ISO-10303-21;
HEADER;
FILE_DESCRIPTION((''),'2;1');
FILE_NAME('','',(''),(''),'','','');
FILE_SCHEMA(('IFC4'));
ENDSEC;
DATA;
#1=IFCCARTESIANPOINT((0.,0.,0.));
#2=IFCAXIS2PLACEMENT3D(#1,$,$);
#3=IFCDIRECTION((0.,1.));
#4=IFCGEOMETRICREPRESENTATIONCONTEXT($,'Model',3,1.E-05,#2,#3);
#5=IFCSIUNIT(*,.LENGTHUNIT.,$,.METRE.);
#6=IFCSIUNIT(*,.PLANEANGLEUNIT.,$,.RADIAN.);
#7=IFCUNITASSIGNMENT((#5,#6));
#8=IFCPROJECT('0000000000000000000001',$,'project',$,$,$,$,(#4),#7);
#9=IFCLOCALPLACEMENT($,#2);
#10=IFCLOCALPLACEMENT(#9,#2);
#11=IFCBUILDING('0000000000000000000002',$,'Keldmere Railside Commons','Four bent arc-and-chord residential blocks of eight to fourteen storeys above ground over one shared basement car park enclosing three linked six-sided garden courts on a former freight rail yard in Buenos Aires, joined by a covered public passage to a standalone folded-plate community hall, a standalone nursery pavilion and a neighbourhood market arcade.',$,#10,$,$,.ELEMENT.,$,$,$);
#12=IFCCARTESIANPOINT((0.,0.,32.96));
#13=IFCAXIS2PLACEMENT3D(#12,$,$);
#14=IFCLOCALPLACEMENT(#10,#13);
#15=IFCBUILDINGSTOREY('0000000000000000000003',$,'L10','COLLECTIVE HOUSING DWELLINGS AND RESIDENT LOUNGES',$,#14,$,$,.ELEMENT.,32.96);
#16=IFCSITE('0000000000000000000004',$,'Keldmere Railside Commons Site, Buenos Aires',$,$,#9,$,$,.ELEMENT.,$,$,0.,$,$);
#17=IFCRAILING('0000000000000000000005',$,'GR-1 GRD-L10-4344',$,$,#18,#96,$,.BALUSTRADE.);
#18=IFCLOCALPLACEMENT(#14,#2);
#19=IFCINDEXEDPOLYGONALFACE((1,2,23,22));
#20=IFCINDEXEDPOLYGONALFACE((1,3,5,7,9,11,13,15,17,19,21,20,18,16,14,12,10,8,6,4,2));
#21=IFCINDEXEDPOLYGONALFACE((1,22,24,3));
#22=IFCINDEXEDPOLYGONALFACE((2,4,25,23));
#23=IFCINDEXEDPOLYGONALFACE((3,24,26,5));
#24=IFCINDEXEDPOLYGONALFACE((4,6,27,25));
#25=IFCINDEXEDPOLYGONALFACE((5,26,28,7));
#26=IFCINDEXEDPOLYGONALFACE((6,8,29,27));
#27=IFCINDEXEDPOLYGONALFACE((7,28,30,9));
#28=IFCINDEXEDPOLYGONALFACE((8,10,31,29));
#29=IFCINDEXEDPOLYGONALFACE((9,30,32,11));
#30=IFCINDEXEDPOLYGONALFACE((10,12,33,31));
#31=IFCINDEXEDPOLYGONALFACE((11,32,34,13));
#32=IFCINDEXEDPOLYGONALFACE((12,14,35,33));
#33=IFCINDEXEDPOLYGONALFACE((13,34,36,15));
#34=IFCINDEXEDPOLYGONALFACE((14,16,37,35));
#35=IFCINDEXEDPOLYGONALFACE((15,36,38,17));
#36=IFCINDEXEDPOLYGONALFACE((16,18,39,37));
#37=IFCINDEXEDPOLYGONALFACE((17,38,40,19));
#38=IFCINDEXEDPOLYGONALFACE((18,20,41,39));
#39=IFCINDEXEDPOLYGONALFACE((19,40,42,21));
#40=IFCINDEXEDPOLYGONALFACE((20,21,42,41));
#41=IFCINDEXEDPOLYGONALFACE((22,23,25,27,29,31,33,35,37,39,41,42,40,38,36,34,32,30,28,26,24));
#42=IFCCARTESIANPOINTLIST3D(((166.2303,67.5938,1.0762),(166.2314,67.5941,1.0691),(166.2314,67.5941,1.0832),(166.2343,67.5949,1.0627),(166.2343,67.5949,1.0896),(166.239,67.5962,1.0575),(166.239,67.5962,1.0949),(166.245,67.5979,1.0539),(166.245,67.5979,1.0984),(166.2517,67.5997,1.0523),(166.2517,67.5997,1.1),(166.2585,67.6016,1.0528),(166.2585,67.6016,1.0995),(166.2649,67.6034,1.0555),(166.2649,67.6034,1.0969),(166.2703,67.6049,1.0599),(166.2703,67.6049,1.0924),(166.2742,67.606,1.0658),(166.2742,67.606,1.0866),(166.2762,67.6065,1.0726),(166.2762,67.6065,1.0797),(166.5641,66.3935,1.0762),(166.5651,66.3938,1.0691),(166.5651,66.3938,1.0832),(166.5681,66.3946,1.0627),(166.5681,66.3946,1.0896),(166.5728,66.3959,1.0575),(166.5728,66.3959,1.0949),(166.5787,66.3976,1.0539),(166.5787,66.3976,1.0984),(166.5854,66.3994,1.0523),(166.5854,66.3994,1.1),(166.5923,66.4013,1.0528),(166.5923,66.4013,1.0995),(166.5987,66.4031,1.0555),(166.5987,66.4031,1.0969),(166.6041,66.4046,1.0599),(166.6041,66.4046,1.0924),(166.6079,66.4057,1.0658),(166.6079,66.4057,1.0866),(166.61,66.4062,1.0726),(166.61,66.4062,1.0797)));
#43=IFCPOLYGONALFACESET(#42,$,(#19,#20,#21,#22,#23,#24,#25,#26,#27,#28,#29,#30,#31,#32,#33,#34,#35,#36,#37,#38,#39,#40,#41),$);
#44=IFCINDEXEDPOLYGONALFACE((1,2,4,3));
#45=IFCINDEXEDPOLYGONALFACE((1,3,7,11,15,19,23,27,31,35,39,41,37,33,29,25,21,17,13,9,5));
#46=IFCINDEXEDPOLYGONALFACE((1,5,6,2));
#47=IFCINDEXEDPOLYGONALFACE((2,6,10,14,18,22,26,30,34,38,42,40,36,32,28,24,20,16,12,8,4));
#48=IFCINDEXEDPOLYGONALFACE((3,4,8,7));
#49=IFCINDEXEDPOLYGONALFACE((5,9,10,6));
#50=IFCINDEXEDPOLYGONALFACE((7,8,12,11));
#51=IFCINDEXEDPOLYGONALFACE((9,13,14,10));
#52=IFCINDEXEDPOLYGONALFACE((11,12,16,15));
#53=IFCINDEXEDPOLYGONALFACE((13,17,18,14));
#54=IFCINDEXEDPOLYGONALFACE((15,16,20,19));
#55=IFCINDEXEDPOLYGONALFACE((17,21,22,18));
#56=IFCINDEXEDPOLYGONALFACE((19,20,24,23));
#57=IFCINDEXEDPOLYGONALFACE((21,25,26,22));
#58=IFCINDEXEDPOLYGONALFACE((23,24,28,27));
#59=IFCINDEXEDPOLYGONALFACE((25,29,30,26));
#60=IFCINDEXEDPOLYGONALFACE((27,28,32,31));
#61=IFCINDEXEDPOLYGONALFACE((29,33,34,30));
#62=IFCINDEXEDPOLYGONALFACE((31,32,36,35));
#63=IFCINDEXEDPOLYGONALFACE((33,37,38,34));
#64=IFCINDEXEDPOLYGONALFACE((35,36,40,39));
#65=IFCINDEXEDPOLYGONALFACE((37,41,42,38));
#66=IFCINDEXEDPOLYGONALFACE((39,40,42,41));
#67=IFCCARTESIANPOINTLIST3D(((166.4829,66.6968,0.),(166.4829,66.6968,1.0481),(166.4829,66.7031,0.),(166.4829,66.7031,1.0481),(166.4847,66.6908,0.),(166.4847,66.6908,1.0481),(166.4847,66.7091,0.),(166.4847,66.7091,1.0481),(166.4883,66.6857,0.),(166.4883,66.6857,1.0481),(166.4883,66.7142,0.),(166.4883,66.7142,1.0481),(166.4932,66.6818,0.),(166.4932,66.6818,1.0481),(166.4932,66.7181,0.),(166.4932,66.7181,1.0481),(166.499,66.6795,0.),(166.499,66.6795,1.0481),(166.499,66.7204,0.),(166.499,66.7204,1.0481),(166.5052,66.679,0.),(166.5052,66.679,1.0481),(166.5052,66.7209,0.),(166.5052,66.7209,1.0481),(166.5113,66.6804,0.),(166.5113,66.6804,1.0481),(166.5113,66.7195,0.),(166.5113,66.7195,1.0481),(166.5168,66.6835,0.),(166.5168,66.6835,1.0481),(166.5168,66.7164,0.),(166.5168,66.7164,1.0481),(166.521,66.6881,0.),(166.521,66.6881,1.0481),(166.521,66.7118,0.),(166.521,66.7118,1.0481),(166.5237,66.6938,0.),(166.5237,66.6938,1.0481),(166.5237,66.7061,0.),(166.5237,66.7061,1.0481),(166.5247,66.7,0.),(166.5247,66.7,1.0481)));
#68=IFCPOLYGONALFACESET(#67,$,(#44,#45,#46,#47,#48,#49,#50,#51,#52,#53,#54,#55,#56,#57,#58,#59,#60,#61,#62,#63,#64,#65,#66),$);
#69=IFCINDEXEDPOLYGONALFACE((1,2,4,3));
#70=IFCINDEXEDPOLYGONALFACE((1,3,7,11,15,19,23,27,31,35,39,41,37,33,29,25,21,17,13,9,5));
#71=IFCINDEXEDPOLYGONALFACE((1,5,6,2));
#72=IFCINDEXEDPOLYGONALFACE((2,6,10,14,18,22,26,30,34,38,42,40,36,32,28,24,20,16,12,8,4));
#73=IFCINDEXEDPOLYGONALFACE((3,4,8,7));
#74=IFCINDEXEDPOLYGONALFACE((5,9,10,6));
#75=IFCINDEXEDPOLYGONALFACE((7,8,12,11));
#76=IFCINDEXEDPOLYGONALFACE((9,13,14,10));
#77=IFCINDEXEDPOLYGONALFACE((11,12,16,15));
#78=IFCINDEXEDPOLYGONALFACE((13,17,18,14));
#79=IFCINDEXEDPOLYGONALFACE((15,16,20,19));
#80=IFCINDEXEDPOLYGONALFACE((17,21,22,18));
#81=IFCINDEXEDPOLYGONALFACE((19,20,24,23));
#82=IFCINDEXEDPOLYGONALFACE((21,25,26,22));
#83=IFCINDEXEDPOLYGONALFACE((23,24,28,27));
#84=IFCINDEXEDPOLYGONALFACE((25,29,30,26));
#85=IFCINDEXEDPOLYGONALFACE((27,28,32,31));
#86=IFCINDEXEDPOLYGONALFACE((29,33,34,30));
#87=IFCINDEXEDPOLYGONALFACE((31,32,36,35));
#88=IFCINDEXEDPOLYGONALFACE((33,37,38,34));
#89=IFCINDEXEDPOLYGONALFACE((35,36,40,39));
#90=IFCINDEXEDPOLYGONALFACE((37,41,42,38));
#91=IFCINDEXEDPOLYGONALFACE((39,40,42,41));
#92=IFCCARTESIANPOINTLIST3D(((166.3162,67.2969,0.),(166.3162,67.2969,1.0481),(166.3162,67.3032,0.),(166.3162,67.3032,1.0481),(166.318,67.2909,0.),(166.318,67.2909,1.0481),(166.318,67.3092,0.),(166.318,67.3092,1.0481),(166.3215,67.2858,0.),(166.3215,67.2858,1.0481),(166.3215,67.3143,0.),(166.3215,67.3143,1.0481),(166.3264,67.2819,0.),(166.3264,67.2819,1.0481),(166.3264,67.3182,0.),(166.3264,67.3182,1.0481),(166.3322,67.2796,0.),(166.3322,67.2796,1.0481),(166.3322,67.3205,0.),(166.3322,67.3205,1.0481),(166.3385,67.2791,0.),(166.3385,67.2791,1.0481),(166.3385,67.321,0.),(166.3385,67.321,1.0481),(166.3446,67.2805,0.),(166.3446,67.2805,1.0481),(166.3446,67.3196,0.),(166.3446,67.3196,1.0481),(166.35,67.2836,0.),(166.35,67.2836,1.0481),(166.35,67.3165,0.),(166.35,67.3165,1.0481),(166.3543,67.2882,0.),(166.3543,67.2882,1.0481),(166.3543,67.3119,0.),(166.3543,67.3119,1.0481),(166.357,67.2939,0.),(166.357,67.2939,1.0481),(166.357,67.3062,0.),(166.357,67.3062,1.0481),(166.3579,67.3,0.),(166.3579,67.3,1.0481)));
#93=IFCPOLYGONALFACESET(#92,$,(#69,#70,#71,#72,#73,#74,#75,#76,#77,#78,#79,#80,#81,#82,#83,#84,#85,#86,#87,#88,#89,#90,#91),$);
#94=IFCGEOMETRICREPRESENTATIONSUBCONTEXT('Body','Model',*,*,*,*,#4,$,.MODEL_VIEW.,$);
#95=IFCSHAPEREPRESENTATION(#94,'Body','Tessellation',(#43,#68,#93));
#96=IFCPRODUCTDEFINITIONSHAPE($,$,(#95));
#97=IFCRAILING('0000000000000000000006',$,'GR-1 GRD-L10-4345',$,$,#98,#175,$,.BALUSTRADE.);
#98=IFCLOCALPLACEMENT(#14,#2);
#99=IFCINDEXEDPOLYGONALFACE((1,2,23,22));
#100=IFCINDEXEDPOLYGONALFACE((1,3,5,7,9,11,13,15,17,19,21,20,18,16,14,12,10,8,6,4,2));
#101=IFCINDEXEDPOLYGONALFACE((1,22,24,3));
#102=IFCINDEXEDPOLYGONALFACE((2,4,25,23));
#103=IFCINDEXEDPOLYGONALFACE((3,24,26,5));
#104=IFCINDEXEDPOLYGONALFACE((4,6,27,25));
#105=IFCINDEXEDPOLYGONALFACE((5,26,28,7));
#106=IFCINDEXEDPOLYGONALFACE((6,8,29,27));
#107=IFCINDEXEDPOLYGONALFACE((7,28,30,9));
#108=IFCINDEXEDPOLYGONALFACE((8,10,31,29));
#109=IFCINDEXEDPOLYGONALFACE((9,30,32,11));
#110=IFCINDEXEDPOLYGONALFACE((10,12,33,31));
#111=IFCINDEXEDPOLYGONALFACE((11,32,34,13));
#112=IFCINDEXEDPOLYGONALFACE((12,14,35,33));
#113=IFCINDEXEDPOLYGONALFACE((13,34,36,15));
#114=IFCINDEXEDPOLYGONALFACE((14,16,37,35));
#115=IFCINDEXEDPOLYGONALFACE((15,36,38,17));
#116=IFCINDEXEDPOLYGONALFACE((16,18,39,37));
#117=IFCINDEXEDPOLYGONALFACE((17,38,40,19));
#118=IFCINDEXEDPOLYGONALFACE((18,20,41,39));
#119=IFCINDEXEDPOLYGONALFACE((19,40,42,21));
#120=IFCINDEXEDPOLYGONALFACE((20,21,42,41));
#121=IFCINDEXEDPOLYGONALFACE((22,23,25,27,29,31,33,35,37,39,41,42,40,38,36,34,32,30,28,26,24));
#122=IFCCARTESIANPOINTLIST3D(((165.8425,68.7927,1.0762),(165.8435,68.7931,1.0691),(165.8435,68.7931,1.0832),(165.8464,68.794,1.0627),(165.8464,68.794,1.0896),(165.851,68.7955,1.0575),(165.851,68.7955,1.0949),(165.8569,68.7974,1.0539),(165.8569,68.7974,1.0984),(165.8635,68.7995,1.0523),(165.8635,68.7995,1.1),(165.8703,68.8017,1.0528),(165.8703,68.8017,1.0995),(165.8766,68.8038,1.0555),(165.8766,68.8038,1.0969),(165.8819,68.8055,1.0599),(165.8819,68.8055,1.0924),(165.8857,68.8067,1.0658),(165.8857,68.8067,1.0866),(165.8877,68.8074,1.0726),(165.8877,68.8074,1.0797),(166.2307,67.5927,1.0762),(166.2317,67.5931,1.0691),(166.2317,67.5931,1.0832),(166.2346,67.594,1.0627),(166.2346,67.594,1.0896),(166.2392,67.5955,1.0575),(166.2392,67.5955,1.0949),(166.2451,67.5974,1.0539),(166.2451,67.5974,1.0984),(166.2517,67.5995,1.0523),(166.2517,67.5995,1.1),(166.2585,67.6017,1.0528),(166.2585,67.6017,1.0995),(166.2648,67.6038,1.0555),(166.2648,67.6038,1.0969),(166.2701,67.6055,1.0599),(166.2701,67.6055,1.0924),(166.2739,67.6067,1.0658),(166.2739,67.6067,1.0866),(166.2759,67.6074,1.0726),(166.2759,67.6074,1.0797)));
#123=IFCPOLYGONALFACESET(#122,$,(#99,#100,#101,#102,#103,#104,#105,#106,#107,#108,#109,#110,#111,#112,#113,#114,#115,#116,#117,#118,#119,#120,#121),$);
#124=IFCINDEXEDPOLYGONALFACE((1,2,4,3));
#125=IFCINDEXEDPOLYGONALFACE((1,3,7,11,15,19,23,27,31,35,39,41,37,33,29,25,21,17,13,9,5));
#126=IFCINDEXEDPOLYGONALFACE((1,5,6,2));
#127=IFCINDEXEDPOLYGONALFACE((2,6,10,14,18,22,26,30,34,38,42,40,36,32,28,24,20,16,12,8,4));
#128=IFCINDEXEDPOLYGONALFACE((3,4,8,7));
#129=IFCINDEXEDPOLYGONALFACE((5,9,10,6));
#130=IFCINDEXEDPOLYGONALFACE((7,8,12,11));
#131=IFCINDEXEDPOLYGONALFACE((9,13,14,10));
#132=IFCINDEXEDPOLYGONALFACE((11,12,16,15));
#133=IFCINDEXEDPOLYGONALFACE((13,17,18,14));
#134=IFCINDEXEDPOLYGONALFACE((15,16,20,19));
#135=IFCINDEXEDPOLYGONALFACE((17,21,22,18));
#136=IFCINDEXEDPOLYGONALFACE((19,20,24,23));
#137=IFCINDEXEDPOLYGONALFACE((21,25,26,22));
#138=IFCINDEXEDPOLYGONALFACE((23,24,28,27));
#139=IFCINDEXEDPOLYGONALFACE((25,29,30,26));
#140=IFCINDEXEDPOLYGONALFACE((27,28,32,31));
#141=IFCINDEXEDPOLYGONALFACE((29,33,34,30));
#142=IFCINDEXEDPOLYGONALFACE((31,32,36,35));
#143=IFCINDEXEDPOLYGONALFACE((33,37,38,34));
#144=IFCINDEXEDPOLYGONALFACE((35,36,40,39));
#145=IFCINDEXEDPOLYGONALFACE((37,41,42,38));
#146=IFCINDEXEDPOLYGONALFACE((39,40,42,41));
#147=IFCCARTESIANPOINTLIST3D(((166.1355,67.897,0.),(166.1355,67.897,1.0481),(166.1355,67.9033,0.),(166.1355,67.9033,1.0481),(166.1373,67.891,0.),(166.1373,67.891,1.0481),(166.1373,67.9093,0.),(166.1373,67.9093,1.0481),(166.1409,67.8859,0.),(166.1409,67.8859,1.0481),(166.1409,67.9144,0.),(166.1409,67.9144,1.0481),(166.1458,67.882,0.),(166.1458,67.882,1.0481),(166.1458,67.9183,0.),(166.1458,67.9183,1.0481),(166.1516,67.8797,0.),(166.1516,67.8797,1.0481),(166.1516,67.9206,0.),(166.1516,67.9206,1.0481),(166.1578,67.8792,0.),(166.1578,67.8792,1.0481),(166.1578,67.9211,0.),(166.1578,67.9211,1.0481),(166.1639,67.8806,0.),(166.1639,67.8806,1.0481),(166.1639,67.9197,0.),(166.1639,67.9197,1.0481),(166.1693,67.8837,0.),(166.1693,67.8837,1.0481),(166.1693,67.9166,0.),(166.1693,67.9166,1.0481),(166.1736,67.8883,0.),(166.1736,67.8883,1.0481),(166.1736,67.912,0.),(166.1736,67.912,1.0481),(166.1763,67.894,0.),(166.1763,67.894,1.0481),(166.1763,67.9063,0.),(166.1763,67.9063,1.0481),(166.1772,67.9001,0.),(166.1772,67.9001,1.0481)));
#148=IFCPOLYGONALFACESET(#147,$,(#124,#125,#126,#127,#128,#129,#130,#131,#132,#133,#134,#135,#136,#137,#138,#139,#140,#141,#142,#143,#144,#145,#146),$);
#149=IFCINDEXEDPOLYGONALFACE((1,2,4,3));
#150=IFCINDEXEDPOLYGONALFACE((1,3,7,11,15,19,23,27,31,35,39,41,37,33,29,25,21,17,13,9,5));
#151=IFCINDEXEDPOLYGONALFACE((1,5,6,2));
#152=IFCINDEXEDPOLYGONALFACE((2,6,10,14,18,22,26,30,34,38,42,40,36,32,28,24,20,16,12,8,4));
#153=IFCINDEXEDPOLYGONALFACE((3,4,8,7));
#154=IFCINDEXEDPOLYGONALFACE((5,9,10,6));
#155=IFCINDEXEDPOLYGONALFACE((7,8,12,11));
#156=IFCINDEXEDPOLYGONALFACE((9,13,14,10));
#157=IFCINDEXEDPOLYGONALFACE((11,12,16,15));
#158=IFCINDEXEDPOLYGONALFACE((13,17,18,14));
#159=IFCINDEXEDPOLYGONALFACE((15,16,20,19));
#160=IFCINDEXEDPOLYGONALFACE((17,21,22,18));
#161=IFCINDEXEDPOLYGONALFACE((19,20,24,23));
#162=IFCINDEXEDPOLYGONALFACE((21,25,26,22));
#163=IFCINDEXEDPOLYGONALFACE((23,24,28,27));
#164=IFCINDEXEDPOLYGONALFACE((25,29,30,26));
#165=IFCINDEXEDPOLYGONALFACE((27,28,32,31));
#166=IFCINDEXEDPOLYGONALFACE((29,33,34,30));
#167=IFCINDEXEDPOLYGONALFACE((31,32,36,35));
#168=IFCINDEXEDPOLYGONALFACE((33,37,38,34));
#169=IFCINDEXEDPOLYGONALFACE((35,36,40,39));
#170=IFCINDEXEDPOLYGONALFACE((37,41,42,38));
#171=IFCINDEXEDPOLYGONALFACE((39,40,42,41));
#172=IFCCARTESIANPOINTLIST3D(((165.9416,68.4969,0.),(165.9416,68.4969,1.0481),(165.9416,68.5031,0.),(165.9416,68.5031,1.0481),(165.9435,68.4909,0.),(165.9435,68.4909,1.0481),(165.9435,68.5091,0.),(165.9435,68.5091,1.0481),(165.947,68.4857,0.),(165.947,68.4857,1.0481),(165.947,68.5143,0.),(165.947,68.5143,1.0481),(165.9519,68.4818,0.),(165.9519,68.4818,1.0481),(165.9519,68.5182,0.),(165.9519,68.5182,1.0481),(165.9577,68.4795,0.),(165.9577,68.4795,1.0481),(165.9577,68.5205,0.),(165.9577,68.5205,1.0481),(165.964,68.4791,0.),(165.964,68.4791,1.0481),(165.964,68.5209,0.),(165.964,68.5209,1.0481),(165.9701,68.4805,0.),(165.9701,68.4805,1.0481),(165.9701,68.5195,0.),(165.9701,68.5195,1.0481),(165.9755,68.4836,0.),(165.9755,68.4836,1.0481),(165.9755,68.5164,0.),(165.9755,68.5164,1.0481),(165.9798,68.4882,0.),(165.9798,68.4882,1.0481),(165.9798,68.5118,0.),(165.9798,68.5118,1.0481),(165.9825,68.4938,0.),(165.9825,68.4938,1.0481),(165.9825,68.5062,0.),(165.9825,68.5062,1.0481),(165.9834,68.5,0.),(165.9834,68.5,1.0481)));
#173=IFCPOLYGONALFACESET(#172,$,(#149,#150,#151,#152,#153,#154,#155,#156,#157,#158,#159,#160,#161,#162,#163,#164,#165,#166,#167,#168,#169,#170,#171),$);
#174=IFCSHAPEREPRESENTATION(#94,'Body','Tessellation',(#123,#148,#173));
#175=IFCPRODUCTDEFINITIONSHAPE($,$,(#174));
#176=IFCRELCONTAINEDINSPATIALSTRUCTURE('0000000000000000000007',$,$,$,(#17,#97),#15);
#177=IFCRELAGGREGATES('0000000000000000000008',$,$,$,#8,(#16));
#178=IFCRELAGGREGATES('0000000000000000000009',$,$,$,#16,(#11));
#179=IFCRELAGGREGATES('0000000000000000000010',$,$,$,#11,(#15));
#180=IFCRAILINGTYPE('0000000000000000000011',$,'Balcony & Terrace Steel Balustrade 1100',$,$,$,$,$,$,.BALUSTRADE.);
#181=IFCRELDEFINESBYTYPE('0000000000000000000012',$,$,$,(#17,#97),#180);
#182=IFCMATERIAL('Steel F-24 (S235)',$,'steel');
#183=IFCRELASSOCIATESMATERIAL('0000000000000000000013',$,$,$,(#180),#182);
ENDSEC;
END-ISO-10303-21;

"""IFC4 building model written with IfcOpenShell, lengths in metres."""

from ifc_helpers import new_model, si_unit, direction, frame, origin, origin_2d, place, context, subcontext, project, spatial, circle, extrude, material, type_object, element, save


model = new_model("IFC4")

# Units and contexts
model_context = context("Model", 3, precision=1e-05, world=origin(), true_north=direction((0.0, 1.0)))
body_context = subcontext(model_context, "Body", "Model", "MODEL_VIEW")
ifc_project = project(units=[si_unit("LENGTHUNIT", "METRE"), si_unit("PLANEANGLEUNIT", "RADIAN")], contexts=[model_context])

# Site, building, storey
site_placement = place(None, origin())
site = spatial("IfcSite", under=ifc_project, at=site_placement, Name="Keldmere Railside Commons Site, Buenos Aires", CompositionType="ELEMENT", RefElevation=0.0)
building_placement = place(site_placement, origin())
building = spatial("IfcBuilding", under=site, at=building_placement, Name="Keldmere Railside Commons", Description="Four bent arc-and-chord residential blocks of eight to fourteen storeys above ground over one shared basement car park enclosing three linked six-sided garden courts on a former freight rail yard in Buenos Aires, joined by a covered public passage to a standalone folded-plate community hall, a standalone nursery pavilion and a neighbourhood market arcade.", CompositionType="ELEMENT")
storey_placement = place(building_placement, frame((0.0, 0.0, 32.96)))
storey = spatial("IfcBuildingStorey", under=building, at=storey_placement, Name="L10", Description="COLLECTIVE HOUSING DWELLINGS AND RESIDENT LOUNGES", CompositionType="ELEMENT", Elevation=32.96)

# Railings
ifc_material_1 = material(Name="Steel F-24 (S235)", Category="steel")
railing_type = type_object("IfcRailingType", Name="Balcony & Terrace Steel Balustrade 1100", PredefinedType="BALUSTRADE", material=ifc_material_1)
railing_1_placement = place(storey_placement, frame((166.5872, 66.3999, 0.0)))
element("IfcRailing", 1, at=railing_1_placement, inside=storey, type_object=railing_type, Name="GR-1 GRD-L10-4344", PredefinedType="BALUSTRADE", context=body_context, shape_type="SweptSolid", body=[
    extrude(circle(Radius=0.0239, at=origin_2d()), frame((0.0, 0.0, 1.0762), z_axis=(-0.267907, 0.963445, 0.0), x_axis=(-0.963445, -0.267907, 0.0)), (0.0, 0.0, 1.0), 1.2458),
    extrude(circle(Radius=0.021, at=origin_2d()), frame((-0.0835, 0.3, 0.0)), (0.0, 0.0, 1.0), 1.0481),
    extrude(circle(Radius=0.021, at=origin_2d()), frame((-0.2502, 0.9001, 0.0)), (0.0, 0.0, 1.0), 1.0481),
])
railing_2_placement = place(storey_placement, frame((166.2534, 67.6001, 0.0)))
element("IfcRailing", 2, at=railing_2_placement, inside=storey, type_object=railing_type, Name="GR-1 GRD-L10-4345", PredefinedType="BALUSTRADE", context=body_context, shape_type="SweptSolid", body=[
    extrude(circle(Radius=0.0239, at=origin_2d()), frame((0.0, 0.0, 1.0762), z_axis=(-0.307795, 0.951453, 0.0), x_axis=(-0.951453, -0.307795, 0.0)), (0.0, 0.0, 1.0), 1.2612),
    extrude(circle(Radius=0.021, at=origin_2d()), frame((-0.0972, 0.3, 0.0)), (0.0, 0.0, 1.0), 1.0481),
    extrude(circle(Radius=0.021, at=origin_2d()), frame((-0.291, 0.8999, 0.0)), (0.0, 0.0, 1.0), 1.0481),
])

save(model, "model.ifc")
